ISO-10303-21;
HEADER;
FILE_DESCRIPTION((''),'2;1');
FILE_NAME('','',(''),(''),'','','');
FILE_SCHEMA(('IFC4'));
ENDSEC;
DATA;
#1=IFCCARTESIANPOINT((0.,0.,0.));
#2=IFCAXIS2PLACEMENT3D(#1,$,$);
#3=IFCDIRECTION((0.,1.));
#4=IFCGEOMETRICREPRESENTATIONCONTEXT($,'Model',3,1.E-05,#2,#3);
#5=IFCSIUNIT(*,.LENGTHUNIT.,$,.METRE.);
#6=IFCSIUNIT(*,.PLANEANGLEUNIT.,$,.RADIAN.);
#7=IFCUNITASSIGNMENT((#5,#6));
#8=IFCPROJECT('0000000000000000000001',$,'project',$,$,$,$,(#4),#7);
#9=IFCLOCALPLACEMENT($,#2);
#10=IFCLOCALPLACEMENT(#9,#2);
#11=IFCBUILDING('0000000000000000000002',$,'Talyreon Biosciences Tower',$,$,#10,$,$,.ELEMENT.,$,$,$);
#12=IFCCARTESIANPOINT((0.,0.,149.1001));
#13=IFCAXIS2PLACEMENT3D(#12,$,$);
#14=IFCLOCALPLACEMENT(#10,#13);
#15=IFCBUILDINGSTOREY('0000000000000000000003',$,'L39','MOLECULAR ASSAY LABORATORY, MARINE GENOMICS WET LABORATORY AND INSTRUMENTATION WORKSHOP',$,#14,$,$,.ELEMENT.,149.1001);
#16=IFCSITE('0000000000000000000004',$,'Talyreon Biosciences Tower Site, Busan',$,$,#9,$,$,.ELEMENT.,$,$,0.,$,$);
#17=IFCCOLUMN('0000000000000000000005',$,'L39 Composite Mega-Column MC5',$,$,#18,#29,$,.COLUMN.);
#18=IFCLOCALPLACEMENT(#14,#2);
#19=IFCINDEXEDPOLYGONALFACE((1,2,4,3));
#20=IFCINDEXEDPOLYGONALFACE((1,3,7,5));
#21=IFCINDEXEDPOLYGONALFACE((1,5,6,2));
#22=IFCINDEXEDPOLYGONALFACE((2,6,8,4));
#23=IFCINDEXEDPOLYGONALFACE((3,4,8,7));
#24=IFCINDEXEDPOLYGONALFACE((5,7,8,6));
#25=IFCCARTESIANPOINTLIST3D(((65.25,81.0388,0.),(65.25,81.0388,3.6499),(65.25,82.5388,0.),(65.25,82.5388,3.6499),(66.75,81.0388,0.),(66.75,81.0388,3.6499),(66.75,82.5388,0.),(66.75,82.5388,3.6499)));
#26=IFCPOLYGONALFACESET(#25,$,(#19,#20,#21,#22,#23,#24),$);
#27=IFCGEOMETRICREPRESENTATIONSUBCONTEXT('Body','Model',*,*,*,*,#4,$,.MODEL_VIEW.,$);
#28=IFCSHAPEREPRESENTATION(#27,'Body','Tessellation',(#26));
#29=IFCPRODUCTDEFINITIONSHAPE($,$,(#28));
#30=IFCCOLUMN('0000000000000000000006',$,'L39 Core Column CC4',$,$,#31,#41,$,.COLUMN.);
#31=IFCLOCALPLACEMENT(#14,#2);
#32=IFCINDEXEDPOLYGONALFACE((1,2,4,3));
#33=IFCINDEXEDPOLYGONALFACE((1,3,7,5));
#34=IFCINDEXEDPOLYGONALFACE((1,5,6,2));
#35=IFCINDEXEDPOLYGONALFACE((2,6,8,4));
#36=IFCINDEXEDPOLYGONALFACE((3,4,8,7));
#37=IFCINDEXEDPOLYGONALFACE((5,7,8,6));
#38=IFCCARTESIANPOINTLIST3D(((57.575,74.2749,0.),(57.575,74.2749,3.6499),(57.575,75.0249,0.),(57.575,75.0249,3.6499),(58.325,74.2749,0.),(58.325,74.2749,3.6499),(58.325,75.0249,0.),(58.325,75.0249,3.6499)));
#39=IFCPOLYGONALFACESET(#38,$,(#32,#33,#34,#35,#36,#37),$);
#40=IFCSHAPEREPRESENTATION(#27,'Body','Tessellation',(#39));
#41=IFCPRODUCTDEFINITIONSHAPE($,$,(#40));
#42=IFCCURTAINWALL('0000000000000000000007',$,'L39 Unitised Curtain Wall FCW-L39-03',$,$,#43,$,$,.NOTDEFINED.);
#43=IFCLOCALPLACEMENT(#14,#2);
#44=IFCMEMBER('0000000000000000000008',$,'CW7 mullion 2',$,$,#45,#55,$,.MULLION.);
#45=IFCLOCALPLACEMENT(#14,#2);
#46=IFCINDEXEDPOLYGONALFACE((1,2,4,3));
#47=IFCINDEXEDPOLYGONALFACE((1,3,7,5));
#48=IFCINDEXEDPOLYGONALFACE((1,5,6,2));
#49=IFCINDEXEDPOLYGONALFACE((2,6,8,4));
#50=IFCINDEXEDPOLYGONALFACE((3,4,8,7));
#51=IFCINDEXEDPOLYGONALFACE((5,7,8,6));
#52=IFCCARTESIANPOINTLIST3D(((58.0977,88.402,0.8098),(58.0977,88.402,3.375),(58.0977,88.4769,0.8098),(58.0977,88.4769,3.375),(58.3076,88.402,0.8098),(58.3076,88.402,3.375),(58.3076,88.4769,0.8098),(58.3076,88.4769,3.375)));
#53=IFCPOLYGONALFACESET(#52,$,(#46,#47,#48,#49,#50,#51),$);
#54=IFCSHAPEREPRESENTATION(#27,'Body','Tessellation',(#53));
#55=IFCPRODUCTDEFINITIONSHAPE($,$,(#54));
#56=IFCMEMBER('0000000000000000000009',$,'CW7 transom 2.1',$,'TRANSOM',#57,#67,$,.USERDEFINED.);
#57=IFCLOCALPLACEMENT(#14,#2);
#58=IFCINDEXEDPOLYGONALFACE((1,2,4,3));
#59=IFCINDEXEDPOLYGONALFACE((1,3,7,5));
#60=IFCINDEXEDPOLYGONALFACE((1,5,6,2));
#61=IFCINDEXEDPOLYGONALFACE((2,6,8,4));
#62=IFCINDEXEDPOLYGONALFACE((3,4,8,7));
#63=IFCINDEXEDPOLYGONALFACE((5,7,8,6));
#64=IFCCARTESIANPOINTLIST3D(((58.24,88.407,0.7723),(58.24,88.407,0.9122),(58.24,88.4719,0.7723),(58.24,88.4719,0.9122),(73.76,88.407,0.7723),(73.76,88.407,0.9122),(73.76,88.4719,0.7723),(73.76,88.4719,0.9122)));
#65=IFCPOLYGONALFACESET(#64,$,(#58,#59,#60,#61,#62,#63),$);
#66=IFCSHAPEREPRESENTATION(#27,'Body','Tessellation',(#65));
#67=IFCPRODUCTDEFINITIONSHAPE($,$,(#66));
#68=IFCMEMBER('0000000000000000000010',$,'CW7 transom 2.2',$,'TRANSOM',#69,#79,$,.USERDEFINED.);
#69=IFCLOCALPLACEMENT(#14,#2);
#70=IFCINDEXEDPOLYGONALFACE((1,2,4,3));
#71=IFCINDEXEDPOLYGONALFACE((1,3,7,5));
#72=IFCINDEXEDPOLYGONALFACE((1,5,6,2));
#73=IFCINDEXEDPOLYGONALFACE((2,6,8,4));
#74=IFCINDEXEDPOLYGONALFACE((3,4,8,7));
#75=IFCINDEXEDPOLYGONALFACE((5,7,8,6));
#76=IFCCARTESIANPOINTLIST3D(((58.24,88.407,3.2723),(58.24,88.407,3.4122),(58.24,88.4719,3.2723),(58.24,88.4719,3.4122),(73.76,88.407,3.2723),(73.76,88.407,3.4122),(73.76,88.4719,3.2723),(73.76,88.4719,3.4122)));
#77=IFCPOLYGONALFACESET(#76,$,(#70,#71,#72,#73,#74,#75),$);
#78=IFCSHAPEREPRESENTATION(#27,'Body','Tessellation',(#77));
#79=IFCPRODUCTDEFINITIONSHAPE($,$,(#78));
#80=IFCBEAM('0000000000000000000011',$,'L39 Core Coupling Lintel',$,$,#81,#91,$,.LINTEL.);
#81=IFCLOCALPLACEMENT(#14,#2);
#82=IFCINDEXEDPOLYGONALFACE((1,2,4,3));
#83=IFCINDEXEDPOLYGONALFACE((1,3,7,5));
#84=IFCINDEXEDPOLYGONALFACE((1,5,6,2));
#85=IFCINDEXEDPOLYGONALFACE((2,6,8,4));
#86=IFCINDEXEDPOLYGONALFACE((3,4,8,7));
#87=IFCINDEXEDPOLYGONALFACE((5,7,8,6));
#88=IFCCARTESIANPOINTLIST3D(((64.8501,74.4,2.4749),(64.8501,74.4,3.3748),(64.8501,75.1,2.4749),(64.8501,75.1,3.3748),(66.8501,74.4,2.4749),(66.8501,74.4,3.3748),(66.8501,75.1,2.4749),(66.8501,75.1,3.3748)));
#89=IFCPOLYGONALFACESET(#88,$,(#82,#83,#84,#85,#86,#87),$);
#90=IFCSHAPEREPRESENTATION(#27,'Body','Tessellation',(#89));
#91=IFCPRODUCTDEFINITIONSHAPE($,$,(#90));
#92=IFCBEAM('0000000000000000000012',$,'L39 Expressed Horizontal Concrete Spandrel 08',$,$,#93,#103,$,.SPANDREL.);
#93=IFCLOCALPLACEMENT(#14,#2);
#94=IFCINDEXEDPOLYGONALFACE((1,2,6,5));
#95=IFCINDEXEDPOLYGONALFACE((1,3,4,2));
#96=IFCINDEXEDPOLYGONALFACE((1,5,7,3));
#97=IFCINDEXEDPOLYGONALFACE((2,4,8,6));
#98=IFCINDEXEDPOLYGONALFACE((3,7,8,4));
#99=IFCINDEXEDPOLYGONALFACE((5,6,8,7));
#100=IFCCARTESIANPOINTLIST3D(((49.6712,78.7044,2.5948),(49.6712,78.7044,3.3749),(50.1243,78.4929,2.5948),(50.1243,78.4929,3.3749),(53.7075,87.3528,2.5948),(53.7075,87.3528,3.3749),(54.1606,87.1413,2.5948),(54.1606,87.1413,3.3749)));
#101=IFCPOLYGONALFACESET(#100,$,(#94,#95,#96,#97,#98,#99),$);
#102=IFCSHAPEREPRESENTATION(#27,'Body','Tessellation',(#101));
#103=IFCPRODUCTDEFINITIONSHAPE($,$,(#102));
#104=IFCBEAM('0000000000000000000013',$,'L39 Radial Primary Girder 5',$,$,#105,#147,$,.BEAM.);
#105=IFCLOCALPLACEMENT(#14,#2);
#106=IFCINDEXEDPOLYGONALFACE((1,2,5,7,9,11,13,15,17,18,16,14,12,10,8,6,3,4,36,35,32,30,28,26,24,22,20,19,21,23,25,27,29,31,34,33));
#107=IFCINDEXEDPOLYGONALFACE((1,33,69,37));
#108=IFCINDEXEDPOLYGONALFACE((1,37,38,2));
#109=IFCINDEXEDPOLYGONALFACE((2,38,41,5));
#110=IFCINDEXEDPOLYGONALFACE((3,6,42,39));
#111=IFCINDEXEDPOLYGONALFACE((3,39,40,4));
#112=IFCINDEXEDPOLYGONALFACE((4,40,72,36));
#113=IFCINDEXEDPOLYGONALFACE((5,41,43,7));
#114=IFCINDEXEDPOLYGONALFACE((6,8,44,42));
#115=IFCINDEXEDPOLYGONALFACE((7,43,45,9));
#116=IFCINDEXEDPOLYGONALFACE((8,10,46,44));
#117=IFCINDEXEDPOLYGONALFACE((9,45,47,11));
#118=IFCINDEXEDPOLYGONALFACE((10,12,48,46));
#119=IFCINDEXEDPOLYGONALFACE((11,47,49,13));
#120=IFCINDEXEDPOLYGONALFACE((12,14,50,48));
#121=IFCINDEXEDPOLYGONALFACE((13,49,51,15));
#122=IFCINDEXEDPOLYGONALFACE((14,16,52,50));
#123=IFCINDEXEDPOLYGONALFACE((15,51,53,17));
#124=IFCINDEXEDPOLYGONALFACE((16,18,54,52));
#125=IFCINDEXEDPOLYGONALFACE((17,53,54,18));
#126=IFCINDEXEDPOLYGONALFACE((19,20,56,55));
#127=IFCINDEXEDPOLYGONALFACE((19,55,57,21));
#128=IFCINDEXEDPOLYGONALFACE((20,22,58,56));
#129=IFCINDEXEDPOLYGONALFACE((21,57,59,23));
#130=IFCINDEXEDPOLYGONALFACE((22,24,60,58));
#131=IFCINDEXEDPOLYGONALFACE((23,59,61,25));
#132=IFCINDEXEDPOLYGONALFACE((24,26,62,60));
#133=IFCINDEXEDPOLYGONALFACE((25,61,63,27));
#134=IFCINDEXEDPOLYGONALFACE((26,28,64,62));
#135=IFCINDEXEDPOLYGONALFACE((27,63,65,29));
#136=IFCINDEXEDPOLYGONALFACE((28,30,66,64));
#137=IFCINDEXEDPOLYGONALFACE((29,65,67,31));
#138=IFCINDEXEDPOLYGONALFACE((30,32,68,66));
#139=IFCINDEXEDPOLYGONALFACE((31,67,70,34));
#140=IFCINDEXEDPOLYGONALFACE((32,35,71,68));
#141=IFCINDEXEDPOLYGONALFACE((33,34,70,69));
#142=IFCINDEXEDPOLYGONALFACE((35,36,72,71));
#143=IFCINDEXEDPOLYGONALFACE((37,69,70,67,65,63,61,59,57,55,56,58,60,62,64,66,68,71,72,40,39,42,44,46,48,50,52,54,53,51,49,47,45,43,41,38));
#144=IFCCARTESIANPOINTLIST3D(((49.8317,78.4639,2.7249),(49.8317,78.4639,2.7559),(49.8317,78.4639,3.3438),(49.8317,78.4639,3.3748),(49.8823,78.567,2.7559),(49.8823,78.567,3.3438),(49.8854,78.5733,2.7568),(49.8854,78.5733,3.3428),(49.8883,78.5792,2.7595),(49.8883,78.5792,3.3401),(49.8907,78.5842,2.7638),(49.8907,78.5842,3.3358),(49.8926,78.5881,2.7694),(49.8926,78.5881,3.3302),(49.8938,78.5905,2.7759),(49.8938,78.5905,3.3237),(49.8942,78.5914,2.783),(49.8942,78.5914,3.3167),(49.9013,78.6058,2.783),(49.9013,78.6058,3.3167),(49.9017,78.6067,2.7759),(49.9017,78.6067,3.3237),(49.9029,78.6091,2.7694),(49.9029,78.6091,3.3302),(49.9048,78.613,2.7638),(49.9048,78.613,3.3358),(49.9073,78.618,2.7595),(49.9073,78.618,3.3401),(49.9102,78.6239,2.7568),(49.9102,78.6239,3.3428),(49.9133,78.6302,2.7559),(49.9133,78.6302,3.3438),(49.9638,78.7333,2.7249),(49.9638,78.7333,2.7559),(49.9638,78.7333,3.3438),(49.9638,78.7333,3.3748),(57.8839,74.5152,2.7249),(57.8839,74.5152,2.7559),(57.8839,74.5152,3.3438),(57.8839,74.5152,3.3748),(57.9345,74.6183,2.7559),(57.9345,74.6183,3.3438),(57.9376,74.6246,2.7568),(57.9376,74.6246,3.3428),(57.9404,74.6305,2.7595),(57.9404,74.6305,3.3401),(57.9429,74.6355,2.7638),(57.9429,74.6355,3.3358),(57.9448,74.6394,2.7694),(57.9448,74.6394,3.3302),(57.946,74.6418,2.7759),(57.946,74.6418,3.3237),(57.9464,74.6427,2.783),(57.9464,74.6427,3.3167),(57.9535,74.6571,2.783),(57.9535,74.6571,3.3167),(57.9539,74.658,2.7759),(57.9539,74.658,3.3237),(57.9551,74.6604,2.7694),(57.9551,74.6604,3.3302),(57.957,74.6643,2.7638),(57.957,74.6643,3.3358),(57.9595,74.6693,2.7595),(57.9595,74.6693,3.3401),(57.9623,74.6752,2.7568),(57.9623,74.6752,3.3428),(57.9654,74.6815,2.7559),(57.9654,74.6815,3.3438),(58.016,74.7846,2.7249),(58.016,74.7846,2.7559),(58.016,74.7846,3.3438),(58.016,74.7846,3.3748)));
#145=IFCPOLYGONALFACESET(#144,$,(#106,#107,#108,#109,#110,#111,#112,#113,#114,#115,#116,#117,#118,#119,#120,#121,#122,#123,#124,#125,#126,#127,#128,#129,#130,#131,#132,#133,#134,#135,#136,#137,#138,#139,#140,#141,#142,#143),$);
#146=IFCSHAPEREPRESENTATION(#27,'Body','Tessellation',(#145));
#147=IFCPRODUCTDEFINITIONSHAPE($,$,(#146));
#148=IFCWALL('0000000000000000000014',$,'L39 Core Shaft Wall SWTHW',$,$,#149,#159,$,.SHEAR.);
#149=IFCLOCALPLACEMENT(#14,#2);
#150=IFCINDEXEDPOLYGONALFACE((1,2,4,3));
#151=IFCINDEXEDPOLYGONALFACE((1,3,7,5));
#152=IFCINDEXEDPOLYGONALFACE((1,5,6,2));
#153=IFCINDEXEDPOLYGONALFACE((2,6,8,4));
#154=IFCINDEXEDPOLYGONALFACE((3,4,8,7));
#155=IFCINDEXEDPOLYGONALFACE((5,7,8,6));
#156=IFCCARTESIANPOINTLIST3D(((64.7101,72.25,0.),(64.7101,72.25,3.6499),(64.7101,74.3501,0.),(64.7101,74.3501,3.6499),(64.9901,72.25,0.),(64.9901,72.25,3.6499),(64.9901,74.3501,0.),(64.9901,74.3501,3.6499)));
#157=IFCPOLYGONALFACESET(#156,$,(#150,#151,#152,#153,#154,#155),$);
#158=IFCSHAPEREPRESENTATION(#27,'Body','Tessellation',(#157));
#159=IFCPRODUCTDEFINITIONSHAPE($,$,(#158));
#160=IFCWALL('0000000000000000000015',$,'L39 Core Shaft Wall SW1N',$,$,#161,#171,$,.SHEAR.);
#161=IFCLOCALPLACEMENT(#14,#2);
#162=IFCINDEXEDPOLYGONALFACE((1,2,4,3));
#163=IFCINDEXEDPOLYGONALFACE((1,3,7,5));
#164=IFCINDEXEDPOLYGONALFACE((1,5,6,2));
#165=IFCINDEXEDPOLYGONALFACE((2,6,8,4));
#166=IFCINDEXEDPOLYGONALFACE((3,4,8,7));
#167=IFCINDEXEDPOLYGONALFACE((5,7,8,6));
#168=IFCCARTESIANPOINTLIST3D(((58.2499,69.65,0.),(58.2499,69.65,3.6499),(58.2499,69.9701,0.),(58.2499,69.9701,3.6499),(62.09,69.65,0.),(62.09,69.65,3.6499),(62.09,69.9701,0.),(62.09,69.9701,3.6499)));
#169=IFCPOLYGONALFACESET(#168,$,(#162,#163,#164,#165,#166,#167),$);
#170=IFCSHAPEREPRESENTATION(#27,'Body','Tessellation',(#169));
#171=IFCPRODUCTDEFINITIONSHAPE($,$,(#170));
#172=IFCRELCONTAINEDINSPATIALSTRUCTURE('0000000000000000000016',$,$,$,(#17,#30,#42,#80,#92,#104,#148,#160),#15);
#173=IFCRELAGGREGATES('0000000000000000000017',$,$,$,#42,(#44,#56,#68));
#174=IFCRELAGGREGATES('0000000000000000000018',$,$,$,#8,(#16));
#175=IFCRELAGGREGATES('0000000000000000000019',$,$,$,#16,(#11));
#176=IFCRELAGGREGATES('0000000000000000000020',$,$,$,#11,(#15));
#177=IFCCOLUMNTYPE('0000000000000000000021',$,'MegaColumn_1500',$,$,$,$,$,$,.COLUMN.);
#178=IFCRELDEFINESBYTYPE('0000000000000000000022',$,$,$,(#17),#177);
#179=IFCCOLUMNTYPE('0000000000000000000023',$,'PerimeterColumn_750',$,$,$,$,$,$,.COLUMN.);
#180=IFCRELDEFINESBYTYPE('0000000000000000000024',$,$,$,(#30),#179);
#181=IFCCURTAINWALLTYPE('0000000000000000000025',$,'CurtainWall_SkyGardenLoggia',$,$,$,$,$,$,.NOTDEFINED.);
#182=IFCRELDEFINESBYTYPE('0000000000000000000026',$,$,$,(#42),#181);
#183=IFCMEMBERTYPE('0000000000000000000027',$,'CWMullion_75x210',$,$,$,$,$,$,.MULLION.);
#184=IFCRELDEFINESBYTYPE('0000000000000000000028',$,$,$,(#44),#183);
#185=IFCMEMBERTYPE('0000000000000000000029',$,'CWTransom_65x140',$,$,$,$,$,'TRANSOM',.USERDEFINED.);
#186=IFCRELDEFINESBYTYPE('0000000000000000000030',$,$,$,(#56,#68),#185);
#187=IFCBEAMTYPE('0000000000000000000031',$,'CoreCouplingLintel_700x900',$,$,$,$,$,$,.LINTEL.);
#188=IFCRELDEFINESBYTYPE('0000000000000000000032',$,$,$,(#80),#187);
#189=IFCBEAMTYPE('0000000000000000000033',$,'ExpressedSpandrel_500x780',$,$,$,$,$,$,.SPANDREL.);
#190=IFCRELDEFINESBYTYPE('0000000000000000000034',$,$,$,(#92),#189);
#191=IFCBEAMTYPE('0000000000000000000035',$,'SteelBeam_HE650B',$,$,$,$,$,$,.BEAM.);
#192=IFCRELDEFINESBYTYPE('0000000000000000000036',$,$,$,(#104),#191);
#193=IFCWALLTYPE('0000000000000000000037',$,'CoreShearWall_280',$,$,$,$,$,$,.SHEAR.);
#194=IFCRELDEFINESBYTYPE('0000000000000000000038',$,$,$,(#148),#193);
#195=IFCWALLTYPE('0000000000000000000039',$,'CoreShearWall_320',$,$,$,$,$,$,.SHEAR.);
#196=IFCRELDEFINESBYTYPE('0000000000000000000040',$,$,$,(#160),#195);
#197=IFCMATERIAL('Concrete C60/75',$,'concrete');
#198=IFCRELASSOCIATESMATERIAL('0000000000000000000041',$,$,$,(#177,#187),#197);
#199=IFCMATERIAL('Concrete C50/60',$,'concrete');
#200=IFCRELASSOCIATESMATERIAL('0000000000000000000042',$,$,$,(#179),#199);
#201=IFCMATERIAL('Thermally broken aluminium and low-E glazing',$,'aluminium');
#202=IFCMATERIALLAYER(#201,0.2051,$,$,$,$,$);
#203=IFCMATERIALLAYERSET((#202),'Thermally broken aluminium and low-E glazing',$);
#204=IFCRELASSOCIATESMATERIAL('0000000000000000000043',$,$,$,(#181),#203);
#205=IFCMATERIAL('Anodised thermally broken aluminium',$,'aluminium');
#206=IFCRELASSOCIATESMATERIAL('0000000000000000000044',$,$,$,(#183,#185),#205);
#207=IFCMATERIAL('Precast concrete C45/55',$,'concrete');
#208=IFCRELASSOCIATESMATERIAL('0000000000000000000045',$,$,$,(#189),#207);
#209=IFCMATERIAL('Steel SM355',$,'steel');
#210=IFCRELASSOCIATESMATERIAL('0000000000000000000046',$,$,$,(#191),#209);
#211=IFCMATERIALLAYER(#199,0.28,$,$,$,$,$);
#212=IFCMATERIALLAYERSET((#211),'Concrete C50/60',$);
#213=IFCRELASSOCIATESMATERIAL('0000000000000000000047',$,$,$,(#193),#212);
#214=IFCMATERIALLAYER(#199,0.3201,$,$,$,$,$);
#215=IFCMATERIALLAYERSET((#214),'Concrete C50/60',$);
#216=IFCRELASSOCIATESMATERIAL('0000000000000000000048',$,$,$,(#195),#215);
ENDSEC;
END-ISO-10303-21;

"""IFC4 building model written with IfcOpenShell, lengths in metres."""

from ifc_helpers import new_model, si_unit, direction, frame, frame_2d, origin, origin_2d, place, context, subcontext, project, spatial, rectangle, i_section, extrude, material, layer, layer_set, material_profile, profile_set, type_object, element, aggregate, save


model = new_model("IFC4")

# Units and contexts
model_context = context("Model", 3, precision=1e-05, world=origin(), true_north=direction((0.0, 1.0)))
body_context = subcontext(model_context, "Body", "Model", "MODEL_VIEW")
ifc_project = project(units=[si_unit("LENGTHUNIT", "METRE"), si_unit("PLANEANGLEUNIT", "RADIAN")], contexts=[model_context])

# Site, building, storey
site_placement = place(None, origin())
site = spatial("IfcSite", under=ifc_project, at=site_placement, Name="Talyreon Biosciences Tower Site, Busan", CompositionType="ELEMENT", RefElevation=0.0)
building_placement = place(site_placement, origin())
building = spatial("IfcBuilding", under=site, at=building_placement, Name="Talyreon Biosciences Tower", CompositionType="ELEMENT")
storey_placement = place(building_placement, frame((0.0, 0.0, 149.1001)))
storey = spatial("IfcBuildingStorey", under=building, at=storey_placement, Name="L39", Description="MOLECULAR ASSAY LABORATORY, MARINE GENOMICS WET LABORATORY AND INSTRUMENTATION WORKSHOP", CompositionType="ELEMENT", Elevation=149.1001)

# Columns
ifc_material_1 = material(Name="Concrete C60/75", Category="concrete")
ifc_material_profile_1 = material_profile(ifc_material_1, rectangle(XDim=1.5, YDim=1.5, at=origin_2d()), Name="RC 1500x1500")
ifc_profile_set_1 = profile_set([ifc_material_profile_1], Name="Concrete C60/75")
column_type_1 = type_object("IfcColumnType", Name="MegaColumn_1500", PredefinedType="COLUMN", material=ifc_profile_set_1)
column_1_placement = place(storey_placement, frame((66.0, 81.7888, 0.0), z_axis=(0.0, 0.0, 1.0), x_axis=(1.0, 0.0, 0.0)))
element("IfcColumn", 1, at=column_1_placement, inside=storey, type_object=column_type_1, Name="L39 Composite Mega-Column MC5", PredefinedType="COLUMN", context=body_context, shape_type="SweptSolid", body=[
    extrude(rectangle(XDim=1.5, YDim=1.5, at=origin_2d()), origin(), (0.0, 0.0, 1.0), 3.6499),
])
ifc_material_2 = material(Name="Concrete C50/60", Category="concrete")
ifc_material_profile_2 = material_profile(ifc_material_2, rectangle(XDim=0.75, YDim=0.75, at=origin_2d()), Name="RC 750x750")
ifc_profile_set_2 = profile_set([ifc_material_profile_2], Name="Concrete C50/60")
column_type_2 = type_object("IfcColumnType", Name="PerimeterColumn_750", PredefinedType="COLUMN", material=ifc_profile_set_2)
column_2_placement = place(storey_placement, frame((57.95, 74.6499, 0.0), z_axis=(0.0, 0.0, 1.0), x_axis=(1.0, 0.0, 0.0)))
element("IfcColumn", 2, at=column_2_placement, inside=storey, type_object=column_type_2, Name="L39 Core Column CC4", PredefinedType="COLUMN", context=body_context, shape_type="SweptSolid", body=[
    extrude(rectangle(XDim=0.75, YDim=0.75, at=origin_2d()), origin(), (0.0, 0.0, 1.0), 3.6499),
])

# Curtain wall, members
ifc_material_3 = material(Name="Thermally broken aluminium and low-E glazing", Category="aluminium")
ifc_layer_1 = layer(ifc_material_3, 0.2051)
ifc_layer_set_1 = layer_set([ifc_layer_1], Name="Thermally broken aluminium and low-E glazing")
curtain_wall_type = type_object("IfcCurtainWallType", Name="CurtainWall_SkyGardenLoggia", PredefinedType="NOTDEFINED", material=ifc_layer_set_1)
curtain_wall_placement = place(storey_placement, origin())
curtain_wall = element("IfcCurtainWall", 3, at=curtain_wall_placement, inside=storey, type_object=curtain_wall_type, Name="L39 Unitised Curtain Wall FCW-L39-03", PredefinedType="NOTDEFINED")
ifc_material_4 = material(Name="Anodised thermally broken aluminium", Category="aluminium")
ifc_material_profile_3 = material_profile(ifc_material_4, rectangle(XDim=0.075, YDim=0.21, at=origin_2d()), Name="ALUM MULLION 75x210")
ifc_profile_set_3 = profile_set([ifc_material_profile_3], Name="Anodised thermally broken aluminium")
member_type_1 = type_object("IfcMemberType", Name="CWMullion_75x210", PredefinedType="MULLION", material=ifc_profile_set_3)
member_1_placement = place(storey_placement, frame((58.2026, 88.4395, 0.8098), z_axis=(0.0, 0.0, 1.0), x_axis=(0.0, 1.0, 0.0)))
member_1 = element("IfcMember", 4, at=member_1_placement, type_object=member_type_1, Name="CW7 mullion 2", PredefinedType="MULLION", context=body_context, shape_type="SweptSolid", body=[
    extrude(rectangle(XDim=0.075, YDim=0.21, at=origin_2d()), origin(), (0.0, 0.0, 1.0), 2.5652),
])
ifc_material_profile_4 = material_profile(ifc_material_4, rectangle(XDim=0.0649, YDim=0.1399, at=origin_2d()), Name="ALUM TRANSOM 65x140")
ifc_profile_set_4 = profile_set([ifc_material_profile_4], Name="Anodised thermally broken aluminium")
member_type_2 = type_object("IfcMemberType", Name="CWTransom_65x140", ElementType="TRANSOM", PredefinedType="USERDEFINED", material=ifc_profile_set_4)
member_2_placement = place(storey_placement, frame((58.24, 88.4395, 0.8423), z_axis=(1.0, 0.0, 0.0), x_axis=(0.0, 1.0, 0.0)))
member_2 = element("IfcMember", 5, at=member_2_placement, type_object=member_type_2, Name="CW7 transom 2.1", ObjectType="TRANSOM", PredefinedType="USERDEFINED", context=body_context, shape_type="SweptSolid", body=[
    extrude(rectangle(XDim=0.0649, YDim=0.1399, at=origin_2d()), origin(), (0.0, 0.0, 1.0), 15.52),
])
member_3_placement = place(storey_placement, frame((58.24, 88.4395, 3.3423), z_axis=(1.0, 0.0, 0.0), x_axis=(0.0, 1.0, 0.0)))
member_3 = element("IfcMember", 6, at=member_3_placement, type_object=member_type_2, Name="CW7 transom 2.2", ObjectType="TRANSOM", PredefinedType="USERDEFINED", context=body_context, shape_type="SweptSolid", body=[
    extrude(rectangle(XDim=0.0649, YDim=0.1399, at=origin_2d()), origin(), (0.0, 0.0, 1.0), 15.52),
])
aggregate(curtain_wall, [member_1, member_2, member_3])

# Beams
ifc_material_profile_5 = material_profile(ifc_material_1, rectangle(XDim=0.7, YDim=0.8999, at=origin_2d()), Name="RCB 700x900")
ifc_profile_set_5 = profile_set([ifc_material_profile_5], Name="Concrete C60/75")
beam_type_1 = type_object("IfcBeamType", Name="CoreCouplingLintel_700x900", PredefinedType="LINTEL", material=ifc_profile_set_5)
beam_1_placement = place(storey_placement, frame((64.8501, 74.75, 2.9248), z_axis=(1.0, 0.0, 0.0), x_axis=(0.0, 1.0, 0.0)))
element("IfcBeam", 7, at=beam_1_placement, inside=storey, type_object=beam_type_1, Name="L39 Core Coupling Lintel", PredefinedType="LINTEL", context=body_context, shape_type="SweptSolid", body=[
    extrude(rectangle(XDim=0.7, YDim=0.8999, at=origin_2d()), origin(), (0.0, 0.0, 1.0), 2.0),
])
ifc_material_5 = material(Name="Precast concrete C45/55", Category="concrete")
ifc_material_profile_6 = material_profile(ifc_material_5, rectangle(XDim=0.5, YDim=0.78, at=origin_2d()), Name="RCB 500x780")
ifc_profile_set_6 = profile_set([ifc_material_profile_6], Name="Precast concrete C45/55")
beam_type_2 = type_object("IfcBeamType", Name="ExpressedSpandrel_500x780", PredefinedType="SPANDREL", material=ifc_profile_set_6)
beam_2_placement = place(storey_placement, frame((53.9341, 87.2471, 2.9849), z_axis=(-0.422923, -0.906165, 0.0), x_axis=(0.906165, -0.422923, 0.0)))
element("IfcBeam", 8, at=beam_2_placement, inside=storey, type_object=beam_type_2, Name="L39 Expressed Horizontal Concrete Spandrel 08", PredefinedType="SPANDREL", context=body_context, shape_type="SweptSolid", body=[
    extrude(rectangle(XDim=0.5, YDim=0.78, at=origin_2d()), origin(), (0.0, 0.0, 1.0), 9.5439),
])
ifc_material_6 = material(Name="Steel SM355", Category="steel")
ifc_material_profile_7 = material_profile(ifc_material_6, i_section(OverallWidth=0.3, OverallDepth=0.6499, WebThickness=0.0161, FlangeThickness=0.031, FilletRadius=0.0271, at=origin_2d()), Name="HE650B")
ifc_profile_set_7 = profile_set([ifc_material_profile_7], Name="Steel SM355")
beam_type_3 = type_object("IfcBeamType", Name="SteelBeam_HE650B", PredefinedType="BEAM", material=ifc_profile_set_7)
beam_3_placement = place(storey_placement, frame((57.95, 74.6499, 3.0498), z_axis=(-0.897852, 0.440297, 0.0), x_axis=(-0.440297, -0.897852, 0.0)))
element("IfcBeam", 9, at=beam_3_placement, inside=storey, type_object=beam_type_3, Name="L39 Radial Primary Girder 5", PredefinedType="BEAM", context=body_context, shape_type="SweptSolid", body=[
    extrude(i_section(OverallWidth=0.3, OverallDepth=0.6499, WebThickness=0.0161, FlangeThickness=0.031, FilletRadius=0.0271, at=origin_2d()), origin(), (0.0, 0.0, 1.0), 8.9683),
])

# Walls
ifc_layer_2 = layer(ifc_material_2, 0.28)
ifc_layer_set_2 = layer_set([ifc_layer_2], Name="Concrete C50/60")
wall_type_1 = type_object("IfcWallType", Name="CoreShearWall_280", PredefinedType="SHEAR", material=ifc_layer_set_2)
wall_1_placement = place(storey_placement, frame((64.8501, 72.25, 0.0), z_axis=(0.0, 0.0, 1.0), x_axis=(0.0, 1.0, 0.0)))
element("IfcWall", 10, at=wall_1_placement, inside=storey, type_object=wall_type_1, Name="L39 Core Shaft Wall SWTHW", PredefinedType="SHEAR", context=body_context, shape_type="SweptSolid", body=[
    extrude(rectangle(XDim=2.1001, YDim=0.28, at=frame_2d((1.05, 0.0))), origin(), (0.0, 0.0, 1.0), 3.6499),
])
ifc_layer_3 = layer(ifc_material_2, 0.3201)
ifc_layer_set_3 = layer_set([ifc_layer_3], Name="Concrete C50/60")
wall_type_2 = type_object("IfcWallType", Name="CoreShearWall_320", PredefinedType="SHEAR", material=ifc_layer_set_3)
for number, where, z_axis, x_axis, name in (
    (11, (58.25, 69.8101, 0.0), (0.0, 0.0, 1.0), (1.0, 0.0, 0.0), "L39 Core Shaft Wall SW1N"),
):
    element("IfcWall", number, at=place(storey_placement, frame(where, z_axis=z_axis, x_axis=x_axis)), inside=storey, type_object=wall_type_2, Name=name, PredefinedType="SHEAR", context=body_context, shape_type="SweptSolid", body=[
        extrude(rectangle(XDim=3.8401, YDim=0.3201, at=frame_2d((1.9199, 0.0))), origin(), (0.0, 0.0, 1.0), 3.6499),
    ])

save(model, "model.ifc")
